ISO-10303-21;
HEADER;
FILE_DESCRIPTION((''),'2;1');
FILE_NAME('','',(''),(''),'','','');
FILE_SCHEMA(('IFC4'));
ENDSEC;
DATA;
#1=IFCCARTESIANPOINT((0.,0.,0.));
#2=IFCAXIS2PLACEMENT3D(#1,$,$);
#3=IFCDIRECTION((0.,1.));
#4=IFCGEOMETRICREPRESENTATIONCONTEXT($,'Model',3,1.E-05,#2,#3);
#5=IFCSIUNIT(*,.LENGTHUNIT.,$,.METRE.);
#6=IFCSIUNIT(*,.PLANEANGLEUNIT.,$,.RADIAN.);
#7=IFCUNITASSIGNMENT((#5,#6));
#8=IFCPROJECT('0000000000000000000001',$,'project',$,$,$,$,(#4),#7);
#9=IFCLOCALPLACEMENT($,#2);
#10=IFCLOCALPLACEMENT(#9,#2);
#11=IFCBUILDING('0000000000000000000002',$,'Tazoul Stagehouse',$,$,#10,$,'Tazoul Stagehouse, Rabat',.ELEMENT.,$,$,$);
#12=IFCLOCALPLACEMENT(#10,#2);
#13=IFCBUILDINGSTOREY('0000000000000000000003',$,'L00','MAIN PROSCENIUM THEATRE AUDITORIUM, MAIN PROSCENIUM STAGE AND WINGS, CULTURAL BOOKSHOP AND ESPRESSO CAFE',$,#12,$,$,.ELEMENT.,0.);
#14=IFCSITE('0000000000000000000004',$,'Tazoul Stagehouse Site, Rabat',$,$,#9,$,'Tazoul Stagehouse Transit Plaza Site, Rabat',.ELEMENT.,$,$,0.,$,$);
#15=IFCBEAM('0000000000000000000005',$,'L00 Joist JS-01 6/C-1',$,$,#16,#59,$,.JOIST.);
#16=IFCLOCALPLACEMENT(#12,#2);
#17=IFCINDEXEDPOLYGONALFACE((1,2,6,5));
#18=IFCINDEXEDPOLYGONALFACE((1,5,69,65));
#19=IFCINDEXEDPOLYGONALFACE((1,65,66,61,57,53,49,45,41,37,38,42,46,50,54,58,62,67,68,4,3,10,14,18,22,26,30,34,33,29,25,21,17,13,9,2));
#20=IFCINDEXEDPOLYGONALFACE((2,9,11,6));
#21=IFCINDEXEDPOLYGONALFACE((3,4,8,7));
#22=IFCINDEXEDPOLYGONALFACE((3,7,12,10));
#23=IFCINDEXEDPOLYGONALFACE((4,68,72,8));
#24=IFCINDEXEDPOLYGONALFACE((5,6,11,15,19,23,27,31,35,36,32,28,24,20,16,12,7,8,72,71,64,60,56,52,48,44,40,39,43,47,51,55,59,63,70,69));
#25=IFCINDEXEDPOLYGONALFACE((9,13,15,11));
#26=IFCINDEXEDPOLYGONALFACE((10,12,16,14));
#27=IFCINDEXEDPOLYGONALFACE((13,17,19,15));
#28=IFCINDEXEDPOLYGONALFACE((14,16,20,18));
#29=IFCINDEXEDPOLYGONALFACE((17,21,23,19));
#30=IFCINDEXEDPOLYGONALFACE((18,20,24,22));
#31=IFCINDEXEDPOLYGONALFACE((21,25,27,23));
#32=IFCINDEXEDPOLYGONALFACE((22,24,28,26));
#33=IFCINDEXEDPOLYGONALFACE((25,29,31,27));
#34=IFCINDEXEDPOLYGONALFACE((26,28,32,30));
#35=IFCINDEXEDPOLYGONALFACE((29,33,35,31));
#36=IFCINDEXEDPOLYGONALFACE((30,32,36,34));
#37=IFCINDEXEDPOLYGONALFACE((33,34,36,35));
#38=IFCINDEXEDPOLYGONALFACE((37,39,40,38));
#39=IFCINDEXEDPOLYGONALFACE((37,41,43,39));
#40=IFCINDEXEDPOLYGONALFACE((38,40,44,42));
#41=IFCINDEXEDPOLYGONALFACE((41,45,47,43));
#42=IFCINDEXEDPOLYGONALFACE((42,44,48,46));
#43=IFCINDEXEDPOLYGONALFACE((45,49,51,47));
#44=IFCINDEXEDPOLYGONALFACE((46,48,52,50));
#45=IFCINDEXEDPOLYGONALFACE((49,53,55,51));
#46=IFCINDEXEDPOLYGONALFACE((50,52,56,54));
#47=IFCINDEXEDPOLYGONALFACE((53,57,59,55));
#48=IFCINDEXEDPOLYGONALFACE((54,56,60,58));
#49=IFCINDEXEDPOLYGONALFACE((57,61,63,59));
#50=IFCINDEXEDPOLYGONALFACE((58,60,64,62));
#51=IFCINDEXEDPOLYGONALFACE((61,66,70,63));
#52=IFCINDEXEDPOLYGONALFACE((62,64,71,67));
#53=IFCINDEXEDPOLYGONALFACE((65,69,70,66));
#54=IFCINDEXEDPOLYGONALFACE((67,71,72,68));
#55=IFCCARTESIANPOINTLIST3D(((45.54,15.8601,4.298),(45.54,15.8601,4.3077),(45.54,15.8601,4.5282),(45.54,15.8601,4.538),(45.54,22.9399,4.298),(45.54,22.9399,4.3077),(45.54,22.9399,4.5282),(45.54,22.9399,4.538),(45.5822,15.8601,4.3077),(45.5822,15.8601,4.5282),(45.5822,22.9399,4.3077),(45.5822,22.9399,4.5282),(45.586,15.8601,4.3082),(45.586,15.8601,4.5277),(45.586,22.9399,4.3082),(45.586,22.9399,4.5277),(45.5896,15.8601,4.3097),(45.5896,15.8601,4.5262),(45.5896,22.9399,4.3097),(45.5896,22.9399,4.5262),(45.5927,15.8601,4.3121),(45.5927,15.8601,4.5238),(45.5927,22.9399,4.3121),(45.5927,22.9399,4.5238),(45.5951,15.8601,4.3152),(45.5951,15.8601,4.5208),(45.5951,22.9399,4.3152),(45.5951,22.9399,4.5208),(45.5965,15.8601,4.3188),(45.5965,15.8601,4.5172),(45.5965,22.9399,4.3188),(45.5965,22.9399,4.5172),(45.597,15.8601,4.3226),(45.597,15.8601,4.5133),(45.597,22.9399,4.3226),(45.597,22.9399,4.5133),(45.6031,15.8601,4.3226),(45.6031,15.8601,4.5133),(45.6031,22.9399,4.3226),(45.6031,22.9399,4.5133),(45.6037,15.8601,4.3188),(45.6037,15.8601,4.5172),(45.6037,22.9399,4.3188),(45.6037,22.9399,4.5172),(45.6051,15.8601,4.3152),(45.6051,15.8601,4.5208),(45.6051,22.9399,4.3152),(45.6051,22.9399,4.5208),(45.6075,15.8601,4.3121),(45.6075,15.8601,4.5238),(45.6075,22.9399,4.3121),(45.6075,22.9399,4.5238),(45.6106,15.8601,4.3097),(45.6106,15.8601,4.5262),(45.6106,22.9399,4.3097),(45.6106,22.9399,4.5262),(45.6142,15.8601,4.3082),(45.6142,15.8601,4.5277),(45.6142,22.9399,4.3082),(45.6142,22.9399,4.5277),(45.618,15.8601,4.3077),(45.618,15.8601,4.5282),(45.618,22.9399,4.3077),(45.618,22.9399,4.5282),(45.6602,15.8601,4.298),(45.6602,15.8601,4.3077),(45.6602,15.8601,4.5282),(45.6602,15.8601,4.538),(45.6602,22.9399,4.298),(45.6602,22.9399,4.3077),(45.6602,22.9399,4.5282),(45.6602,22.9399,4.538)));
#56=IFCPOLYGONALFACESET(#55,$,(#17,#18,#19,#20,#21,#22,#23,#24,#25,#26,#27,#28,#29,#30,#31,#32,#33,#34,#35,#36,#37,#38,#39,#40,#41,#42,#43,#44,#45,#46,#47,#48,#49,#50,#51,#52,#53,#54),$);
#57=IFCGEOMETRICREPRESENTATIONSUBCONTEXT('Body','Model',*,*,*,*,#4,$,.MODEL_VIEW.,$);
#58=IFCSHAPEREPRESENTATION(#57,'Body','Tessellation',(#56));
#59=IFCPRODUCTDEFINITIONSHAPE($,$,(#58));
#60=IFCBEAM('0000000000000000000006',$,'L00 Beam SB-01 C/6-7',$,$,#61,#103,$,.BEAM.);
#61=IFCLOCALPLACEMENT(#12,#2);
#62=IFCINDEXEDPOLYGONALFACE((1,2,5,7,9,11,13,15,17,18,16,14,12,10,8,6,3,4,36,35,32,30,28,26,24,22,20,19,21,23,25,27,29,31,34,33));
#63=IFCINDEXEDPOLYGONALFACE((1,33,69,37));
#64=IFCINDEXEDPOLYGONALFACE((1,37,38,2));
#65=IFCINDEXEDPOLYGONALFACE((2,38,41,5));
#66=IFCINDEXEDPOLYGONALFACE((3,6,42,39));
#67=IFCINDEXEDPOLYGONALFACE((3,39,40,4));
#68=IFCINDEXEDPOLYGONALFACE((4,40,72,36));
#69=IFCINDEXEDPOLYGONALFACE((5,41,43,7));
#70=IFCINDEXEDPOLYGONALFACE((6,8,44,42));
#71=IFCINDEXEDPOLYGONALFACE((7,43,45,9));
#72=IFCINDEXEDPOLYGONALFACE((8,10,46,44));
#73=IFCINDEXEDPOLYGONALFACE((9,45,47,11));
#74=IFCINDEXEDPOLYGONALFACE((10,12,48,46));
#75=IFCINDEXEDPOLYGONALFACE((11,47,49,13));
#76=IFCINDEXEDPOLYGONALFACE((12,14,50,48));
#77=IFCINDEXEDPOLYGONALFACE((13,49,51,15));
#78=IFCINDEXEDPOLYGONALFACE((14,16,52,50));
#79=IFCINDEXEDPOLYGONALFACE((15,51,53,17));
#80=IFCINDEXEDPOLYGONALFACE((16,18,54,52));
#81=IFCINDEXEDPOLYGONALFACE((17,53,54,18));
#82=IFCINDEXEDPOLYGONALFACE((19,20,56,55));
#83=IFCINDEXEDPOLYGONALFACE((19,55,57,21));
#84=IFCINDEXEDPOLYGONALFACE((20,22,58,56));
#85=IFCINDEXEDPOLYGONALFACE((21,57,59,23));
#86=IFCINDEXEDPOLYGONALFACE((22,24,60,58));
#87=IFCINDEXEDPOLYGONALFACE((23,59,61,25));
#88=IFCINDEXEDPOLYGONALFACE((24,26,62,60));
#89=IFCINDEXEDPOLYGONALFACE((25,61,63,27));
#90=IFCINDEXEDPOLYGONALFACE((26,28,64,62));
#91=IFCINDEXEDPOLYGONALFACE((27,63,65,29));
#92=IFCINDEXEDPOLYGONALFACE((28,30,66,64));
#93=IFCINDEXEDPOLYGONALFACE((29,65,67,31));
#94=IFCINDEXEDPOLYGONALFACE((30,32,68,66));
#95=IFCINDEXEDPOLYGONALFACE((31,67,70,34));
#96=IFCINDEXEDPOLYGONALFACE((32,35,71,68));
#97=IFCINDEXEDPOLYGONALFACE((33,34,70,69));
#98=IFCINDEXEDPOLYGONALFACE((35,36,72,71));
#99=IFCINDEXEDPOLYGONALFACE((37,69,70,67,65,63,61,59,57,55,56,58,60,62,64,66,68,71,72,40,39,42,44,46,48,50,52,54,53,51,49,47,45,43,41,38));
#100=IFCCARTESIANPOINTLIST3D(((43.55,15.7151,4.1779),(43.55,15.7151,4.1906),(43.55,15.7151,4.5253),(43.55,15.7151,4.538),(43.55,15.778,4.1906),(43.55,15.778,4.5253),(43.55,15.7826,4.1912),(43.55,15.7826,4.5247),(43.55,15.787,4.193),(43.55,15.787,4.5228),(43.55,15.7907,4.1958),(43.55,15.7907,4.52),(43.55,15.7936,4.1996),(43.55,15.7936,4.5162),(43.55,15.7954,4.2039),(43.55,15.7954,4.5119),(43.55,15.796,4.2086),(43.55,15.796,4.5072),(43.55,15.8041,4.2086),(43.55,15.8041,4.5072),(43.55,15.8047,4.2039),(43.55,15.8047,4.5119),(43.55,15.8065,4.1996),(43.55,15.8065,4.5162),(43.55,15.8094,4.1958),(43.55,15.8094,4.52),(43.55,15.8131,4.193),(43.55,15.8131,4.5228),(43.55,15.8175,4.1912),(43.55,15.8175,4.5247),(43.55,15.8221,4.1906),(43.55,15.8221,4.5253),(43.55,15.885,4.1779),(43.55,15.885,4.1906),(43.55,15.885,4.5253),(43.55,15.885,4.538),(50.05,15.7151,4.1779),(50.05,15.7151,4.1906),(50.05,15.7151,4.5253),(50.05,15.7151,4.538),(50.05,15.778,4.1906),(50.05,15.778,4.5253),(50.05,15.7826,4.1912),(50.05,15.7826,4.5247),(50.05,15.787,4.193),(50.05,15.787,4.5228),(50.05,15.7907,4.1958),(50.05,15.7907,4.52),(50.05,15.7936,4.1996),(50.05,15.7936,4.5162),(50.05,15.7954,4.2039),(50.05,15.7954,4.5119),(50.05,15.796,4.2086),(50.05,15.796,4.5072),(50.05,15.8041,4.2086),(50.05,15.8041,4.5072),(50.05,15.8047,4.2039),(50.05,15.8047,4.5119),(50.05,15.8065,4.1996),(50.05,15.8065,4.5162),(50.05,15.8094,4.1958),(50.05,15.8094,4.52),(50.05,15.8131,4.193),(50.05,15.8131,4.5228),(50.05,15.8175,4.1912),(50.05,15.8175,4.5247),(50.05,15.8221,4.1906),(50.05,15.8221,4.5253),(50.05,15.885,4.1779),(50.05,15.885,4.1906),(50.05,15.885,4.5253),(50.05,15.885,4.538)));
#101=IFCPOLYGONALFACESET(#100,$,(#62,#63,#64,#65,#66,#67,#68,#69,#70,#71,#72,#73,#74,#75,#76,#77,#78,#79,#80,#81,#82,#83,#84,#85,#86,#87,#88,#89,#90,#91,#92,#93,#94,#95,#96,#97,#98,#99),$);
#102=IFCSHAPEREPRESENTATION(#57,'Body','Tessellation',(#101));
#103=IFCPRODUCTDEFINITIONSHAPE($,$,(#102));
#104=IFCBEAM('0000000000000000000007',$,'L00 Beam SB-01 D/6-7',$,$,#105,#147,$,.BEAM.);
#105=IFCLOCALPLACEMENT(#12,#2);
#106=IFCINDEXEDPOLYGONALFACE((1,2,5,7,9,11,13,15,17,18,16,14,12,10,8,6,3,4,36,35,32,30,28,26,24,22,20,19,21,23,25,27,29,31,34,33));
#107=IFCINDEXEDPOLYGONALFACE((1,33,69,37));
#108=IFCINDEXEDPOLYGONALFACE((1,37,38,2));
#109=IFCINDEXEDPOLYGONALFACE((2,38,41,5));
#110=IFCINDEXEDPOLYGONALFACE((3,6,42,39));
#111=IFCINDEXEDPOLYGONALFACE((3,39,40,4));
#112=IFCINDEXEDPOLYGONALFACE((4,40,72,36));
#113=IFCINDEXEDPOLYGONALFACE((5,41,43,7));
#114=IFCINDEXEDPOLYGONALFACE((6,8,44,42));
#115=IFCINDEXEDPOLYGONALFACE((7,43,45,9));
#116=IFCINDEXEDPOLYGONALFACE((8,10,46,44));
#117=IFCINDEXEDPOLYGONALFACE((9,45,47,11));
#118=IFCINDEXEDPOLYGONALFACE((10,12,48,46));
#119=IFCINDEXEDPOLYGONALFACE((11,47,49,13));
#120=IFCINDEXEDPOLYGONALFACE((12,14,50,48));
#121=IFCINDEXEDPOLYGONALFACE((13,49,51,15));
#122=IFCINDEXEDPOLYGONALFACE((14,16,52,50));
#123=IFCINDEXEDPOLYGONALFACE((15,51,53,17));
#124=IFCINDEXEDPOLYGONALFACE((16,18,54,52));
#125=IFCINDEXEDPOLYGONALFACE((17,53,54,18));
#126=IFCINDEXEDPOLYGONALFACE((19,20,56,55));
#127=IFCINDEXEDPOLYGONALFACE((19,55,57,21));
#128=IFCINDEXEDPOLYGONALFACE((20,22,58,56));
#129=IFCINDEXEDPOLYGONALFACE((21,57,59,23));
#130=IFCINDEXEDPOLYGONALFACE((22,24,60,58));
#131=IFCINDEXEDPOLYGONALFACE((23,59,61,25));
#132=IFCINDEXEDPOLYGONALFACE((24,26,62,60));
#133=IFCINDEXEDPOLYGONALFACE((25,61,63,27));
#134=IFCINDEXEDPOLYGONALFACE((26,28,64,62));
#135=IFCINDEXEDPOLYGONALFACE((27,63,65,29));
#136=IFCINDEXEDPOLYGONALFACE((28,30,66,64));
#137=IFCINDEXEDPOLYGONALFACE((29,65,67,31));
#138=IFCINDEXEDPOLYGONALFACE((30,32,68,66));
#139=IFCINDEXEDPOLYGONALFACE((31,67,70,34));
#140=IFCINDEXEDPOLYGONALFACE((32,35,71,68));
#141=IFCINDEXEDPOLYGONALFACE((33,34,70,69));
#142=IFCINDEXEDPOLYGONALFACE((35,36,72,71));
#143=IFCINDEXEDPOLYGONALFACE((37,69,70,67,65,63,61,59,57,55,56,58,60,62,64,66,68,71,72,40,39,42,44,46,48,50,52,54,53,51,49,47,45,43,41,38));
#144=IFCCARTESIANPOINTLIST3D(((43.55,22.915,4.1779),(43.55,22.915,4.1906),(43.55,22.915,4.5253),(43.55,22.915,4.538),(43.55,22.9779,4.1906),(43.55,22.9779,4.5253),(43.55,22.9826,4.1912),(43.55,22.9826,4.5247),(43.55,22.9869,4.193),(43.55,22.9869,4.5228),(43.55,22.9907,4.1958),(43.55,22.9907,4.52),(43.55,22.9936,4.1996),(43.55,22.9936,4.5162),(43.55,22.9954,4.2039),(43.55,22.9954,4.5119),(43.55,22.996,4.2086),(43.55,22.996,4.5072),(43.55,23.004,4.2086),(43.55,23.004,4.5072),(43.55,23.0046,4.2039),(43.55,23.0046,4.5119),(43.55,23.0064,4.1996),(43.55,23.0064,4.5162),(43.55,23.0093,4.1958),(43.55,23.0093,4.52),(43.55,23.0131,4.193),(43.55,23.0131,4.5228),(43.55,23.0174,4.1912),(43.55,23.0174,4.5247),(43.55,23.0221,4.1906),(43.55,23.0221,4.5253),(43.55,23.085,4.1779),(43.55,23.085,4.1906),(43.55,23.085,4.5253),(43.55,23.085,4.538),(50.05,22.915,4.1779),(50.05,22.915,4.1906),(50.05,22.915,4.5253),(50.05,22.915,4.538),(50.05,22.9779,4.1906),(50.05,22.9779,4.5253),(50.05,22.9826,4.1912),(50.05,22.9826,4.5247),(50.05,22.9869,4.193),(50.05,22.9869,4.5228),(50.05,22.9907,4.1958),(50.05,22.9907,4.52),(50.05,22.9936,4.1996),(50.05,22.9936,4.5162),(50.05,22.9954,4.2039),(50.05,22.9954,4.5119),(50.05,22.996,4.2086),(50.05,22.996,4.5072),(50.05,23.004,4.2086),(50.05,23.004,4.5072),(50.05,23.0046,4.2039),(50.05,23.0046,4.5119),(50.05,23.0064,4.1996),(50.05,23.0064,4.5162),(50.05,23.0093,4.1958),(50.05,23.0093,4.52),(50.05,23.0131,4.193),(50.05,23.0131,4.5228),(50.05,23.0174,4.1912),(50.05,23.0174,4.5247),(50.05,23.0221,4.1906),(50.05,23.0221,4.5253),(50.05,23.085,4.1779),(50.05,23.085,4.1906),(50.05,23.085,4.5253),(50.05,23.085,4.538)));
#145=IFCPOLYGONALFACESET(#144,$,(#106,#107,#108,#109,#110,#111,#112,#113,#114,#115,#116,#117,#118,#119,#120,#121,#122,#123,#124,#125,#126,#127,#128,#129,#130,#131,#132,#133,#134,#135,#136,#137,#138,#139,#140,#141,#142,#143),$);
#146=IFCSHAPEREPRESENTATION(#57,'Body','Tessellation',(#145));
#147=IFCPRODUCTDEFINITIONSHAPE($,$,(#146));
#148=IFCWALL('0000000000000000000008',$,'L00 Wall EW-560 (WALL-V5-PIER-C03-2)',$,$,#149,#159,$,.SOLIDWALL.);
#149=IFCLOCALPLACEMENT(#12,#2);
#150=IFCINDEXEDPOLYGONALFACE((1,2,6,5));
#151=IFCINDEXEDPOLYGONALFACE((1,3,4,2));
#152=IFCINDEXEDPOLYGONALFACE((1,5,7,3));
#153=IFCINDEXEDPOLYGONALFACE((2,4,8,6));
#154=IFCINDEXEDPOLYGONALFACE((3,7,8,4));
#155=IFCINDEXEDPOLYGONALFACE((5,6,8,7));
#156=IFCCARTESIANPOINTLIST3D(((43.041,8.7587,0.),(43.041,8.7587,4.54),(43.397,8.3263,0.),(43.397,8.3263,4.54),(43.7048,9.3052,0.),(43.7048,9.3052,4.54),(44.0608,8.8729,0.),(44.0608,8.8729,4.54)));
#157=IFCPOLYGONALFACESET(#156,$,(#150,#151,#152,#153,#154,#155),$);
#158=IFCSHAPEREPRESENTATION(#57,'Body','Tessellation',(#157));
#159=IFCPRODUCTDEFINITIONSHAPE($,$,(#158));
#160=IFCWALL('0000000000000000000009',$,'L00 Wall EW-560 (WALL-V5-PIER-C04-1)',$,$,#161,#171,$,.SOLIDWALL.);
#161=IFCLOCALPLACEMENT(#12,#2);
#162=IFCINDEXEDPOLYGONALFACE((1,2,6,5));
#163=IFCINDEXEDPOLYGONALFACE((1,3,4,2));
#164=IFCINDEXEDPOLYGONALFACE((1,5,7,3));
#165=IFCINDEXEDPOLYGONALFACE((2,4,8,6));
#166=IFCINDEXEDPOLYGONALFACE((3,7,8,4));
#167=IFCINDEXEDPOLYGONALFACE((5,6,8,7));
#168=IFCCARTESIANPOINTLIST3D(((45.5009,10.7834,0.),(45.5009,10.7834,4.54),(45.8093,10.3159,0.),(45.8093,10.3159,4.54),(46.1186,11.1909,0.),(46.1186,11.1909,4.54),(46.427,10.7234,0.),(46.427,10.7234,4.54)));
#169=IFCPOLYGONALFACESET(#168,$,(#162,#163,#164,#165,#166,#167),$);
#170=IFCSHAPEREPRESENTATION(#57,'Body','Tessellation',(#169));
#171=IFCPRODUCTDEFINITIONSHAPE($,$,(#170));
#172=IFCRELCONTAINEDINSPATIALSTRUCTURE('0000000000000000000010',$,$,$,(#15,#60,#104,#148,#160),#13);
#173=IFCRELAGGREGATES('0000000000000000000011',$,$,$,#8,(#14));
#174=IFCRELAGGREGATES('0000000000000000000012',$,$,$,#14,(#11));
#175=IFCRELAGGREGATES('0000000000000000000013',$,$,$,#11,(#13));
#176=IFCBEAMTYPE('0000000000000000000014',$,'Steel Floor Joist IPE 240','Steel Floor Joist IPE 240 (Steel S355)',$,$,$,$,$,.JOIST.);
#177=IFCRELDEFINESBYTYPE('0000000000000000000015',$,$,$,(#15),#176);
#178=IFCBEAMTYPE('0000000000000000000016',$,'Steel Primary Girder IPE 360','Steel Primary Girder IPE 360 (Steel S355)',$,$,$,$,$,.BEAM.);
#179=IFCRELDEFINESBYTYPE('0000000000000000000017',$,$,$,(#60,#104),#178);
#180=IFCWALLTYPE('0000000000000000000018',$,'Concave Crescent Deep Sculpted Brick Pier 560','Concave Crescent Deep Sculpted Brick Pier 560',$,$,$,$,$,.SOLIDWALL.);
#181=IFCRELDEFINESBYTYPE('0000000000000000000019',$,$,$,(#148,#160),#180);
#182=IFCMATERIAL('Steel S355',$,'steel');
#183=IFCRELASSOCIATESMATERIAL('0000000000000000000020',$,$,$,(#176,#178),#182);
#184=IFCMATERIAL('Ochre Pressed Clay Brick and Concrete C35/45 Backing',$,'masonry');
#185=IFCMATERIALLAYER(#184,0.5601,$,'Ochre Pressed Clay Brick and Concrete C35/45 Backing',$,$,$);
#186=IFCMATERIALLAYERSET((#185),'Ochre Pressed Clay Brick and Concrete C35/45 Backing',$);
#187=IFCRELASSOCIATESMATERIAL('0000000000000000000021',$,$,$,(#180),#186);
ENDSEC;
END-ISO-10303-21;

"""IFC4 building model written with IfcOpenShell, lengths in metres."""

from ifc_helpers import new_model, si_unit, direction, frame, frame_2d, origin, origin_2d, place, context, subcontext, project, spatial, rectangle, i_section, extrude, material, layer, layer_set, material_profile, profile_set, type_object, element, save


model = new_model("IFC4")

# Units and contexts
model_context = context("Model", 3, precision=1e-05, world=origin(), true_north=direction((0.0, 1.0)))
body_context = subcontext(model_context, "Body", "Model", "MODEL_VIEW")
ifc_project = project(units=[si_unit("LENGTHUNIT", "METRE"), si_unit("PLANEANGLEUNIT", "RADIAN")], contexts=[model_context])

# Site, building, storey
site_placement = place(None, origin())
site = spatial("IfcSite", under=ifc_project, at=site_placement, Name="Tazoul Stagehouse Site, Rabat", LongName="Tazoul Stagehouse Transit Plaza Site, Rabat", CompositionType="ELEMENT", RefElevation=0.0)
building_placement = place(site_placement, origin())
building = spatial("IfcBuilding", under=site, at=building_placement, Name="Tazoul Stagehouse", LongName="Tazoul Stagehouse, Rabat", CompositionType="ELEMENT")
storey_placement = place(building_placement, origin())
storey = spatial("IfcBuildingStorey", under=building, at=storey_placement, Name="L00", Description="MAIN PROSCENIUM THEATRE AUDITORIUM, MAIN PROSCENIUM STAGE AND WINGS, CULTURAL BOOKSHOP AND ESPRESSO CAFE", CompositionType="ELEMENT", Elevation=0.0)

# Beams
ifc_material_1 = material(Name="Steel S355", Category="steel")
ifc_material_profile_1 = material_profile(ifc_material_1, i_section(OverallWidth=0.1201, OverallDepth=0.24, WebThickness=0.0061, FlangeThickness=0.0098, FilletRadius=0.0149, at=origin_2d()), Name="IPE 240")
ifc_profile_set_1 = profile_set([ifc_material_profile_1], Name="Steel S355")
beam_type_1 = type_object("IfcBeamType", Name="Steel Floor Joist IPE 240", Description="Steel Floor Joist IPE 240 (Steel S355)", PredefinedType="JOIST", material=ifc_profile_set_1)
beam_placement = place(storey_placement, frame((45.6001, 15.8601, 4.418), z_axis=(0.0, 1.0, 0.0), x_axis=(-1.0, 0.0, 0.0)))
element("IfcBeam", 1, at=beam_placement, inside=storey, type_object=beam_type_1, Name="L00 Joist JS-01 6/C-1", PredefinedType="JOIST", context=body_context, shape_type="SweptSolid", body=[
    extrude(i_section(OverallWidth=0.1201, OverallDepth=0.24, WebThickness=0.0061, FlangeThickness=0.0098, FilletRadius=0.0149, at=origin_2d()), origin(), (0.0, 0.0, 1.0), 7.0798),
])
ifc_material_profile_2 = material_profile(ifc_material_1, i_section(OverallWidth=0.1699, OverallDepth=0.3601, WebThickness=0.0081, FlangeThickness=0.0127, FilletRadius=0.0181, at=origin_2d()), Name="IPE 360")
ifc_profile_set_2 = profile_set([ifc_material_profile_2], Name="Steel S355")
beam_type_2 = type_object("IfcBeamType", Name="Steel Primary Girder IPE 360", Description="Steel Primary Girder IPE 360 (Steel S355)", PredefinedType="BEAM", material=ifc_profile_set_2)
for number, where, z_axis, x_axis, name in (
    (2, (43.55, 15.8, 4.3579), (1.0, 0.0, 0.0), (0.0, 1.0, 0.0), "L00 Beam SB-01 C/6-7"),
    (3, (43.55, 23.0, 4.3579), (1.0, 0.0, 0.0), (0.0, 1.0, 0.0), "L00 Beam SB-01 D/6-7"),
):
    element("IfcBeam", number, at=place(storey_placement, frame(where, z_axis=z_axis, x_axis=x_axis)), inside=storey, type_object=beam_type_2, Name=name, PredefinedType="BEAM", context=body_context, shape_type="SweptSolid", body=[
        extrude(i_section(OverallWidth=0.1699, OverallDepth=0.3601, WebThickness=0.0081, FlangeThickness=0.0127, FilletRadius=0.0181, at=origin_2d()), origin(), (0.0, 0.0, 1.0), 6.5),
    ])

# Walls
ifc_material_2 = material(Name="Ochre Pressed Clay Brick and Concrete C35/45 Backing", Category="masonry")
ifc_layer_1 = layer(ifc_material_2, 0.5601, Name="Ochre Pressed Clay Brick and Concrete C35/45 Backing")
ifc_layer_set_1 = layer_set([ifc_layer_1], Name="Ochre Pressed Clay Brick and Concrete C35/45 Backing")
wall_type_1 = type_object("IfcWallType", Name="Concave Crescent Deep Sculpted Brick Pier 560", Description="Concave Crescent Deep Sculpted Brick Pier 560", PredefinedType="SOLIDWALL", material=ifc_layer_set_1)
wall_1_placement = place(storey_placement, frame((43.219, 8.5425, 0.0), z_axis=(0.0, 0.0, 1.0), x_axis=(0.771955, 0.635677, 0.0)))
element("IfcWall", 4, at=wall_1_placement, inside=storey, type_object=wall_type_1, Name="L00 Wall EW-560 (WALL-V5-PIER-C03-2)", PredefinedType="SOLIDWALL", context=body_context, shape_type="SweptSolid", body=[
    extrude(rectangle(XDim=0.8599, YDim=0.5601, at=frame_2d((0.4299, 0.0))), origin(), (0.0, 0.0, 1.0), 4.54),
])
wall_2_placement = place(storey_placement, frame((45.655, 10.5496, 0.0), z_axis=(0.0, 0.0, 1.0), x_axis=(0.834731, 0.550658, 0.0)))
element("IfcWall", 5, at=wall_2_placement, inside=storey, type_object=wall_type_1, Name="L00 Wall EW-560 (WALL-V5-PIER-C04-1)", PredefinedType="SOLIDWALL", context=body_context, shape_type="SweptSolid", body=[
    extrude(rectangle(XDim=0.74, YDim=0.5601, at=frame_2d((0.3701, 0.0))), origin(), (0.0, 0.0, 1.0), 4.54),
])

save(model, "model.ifc")
